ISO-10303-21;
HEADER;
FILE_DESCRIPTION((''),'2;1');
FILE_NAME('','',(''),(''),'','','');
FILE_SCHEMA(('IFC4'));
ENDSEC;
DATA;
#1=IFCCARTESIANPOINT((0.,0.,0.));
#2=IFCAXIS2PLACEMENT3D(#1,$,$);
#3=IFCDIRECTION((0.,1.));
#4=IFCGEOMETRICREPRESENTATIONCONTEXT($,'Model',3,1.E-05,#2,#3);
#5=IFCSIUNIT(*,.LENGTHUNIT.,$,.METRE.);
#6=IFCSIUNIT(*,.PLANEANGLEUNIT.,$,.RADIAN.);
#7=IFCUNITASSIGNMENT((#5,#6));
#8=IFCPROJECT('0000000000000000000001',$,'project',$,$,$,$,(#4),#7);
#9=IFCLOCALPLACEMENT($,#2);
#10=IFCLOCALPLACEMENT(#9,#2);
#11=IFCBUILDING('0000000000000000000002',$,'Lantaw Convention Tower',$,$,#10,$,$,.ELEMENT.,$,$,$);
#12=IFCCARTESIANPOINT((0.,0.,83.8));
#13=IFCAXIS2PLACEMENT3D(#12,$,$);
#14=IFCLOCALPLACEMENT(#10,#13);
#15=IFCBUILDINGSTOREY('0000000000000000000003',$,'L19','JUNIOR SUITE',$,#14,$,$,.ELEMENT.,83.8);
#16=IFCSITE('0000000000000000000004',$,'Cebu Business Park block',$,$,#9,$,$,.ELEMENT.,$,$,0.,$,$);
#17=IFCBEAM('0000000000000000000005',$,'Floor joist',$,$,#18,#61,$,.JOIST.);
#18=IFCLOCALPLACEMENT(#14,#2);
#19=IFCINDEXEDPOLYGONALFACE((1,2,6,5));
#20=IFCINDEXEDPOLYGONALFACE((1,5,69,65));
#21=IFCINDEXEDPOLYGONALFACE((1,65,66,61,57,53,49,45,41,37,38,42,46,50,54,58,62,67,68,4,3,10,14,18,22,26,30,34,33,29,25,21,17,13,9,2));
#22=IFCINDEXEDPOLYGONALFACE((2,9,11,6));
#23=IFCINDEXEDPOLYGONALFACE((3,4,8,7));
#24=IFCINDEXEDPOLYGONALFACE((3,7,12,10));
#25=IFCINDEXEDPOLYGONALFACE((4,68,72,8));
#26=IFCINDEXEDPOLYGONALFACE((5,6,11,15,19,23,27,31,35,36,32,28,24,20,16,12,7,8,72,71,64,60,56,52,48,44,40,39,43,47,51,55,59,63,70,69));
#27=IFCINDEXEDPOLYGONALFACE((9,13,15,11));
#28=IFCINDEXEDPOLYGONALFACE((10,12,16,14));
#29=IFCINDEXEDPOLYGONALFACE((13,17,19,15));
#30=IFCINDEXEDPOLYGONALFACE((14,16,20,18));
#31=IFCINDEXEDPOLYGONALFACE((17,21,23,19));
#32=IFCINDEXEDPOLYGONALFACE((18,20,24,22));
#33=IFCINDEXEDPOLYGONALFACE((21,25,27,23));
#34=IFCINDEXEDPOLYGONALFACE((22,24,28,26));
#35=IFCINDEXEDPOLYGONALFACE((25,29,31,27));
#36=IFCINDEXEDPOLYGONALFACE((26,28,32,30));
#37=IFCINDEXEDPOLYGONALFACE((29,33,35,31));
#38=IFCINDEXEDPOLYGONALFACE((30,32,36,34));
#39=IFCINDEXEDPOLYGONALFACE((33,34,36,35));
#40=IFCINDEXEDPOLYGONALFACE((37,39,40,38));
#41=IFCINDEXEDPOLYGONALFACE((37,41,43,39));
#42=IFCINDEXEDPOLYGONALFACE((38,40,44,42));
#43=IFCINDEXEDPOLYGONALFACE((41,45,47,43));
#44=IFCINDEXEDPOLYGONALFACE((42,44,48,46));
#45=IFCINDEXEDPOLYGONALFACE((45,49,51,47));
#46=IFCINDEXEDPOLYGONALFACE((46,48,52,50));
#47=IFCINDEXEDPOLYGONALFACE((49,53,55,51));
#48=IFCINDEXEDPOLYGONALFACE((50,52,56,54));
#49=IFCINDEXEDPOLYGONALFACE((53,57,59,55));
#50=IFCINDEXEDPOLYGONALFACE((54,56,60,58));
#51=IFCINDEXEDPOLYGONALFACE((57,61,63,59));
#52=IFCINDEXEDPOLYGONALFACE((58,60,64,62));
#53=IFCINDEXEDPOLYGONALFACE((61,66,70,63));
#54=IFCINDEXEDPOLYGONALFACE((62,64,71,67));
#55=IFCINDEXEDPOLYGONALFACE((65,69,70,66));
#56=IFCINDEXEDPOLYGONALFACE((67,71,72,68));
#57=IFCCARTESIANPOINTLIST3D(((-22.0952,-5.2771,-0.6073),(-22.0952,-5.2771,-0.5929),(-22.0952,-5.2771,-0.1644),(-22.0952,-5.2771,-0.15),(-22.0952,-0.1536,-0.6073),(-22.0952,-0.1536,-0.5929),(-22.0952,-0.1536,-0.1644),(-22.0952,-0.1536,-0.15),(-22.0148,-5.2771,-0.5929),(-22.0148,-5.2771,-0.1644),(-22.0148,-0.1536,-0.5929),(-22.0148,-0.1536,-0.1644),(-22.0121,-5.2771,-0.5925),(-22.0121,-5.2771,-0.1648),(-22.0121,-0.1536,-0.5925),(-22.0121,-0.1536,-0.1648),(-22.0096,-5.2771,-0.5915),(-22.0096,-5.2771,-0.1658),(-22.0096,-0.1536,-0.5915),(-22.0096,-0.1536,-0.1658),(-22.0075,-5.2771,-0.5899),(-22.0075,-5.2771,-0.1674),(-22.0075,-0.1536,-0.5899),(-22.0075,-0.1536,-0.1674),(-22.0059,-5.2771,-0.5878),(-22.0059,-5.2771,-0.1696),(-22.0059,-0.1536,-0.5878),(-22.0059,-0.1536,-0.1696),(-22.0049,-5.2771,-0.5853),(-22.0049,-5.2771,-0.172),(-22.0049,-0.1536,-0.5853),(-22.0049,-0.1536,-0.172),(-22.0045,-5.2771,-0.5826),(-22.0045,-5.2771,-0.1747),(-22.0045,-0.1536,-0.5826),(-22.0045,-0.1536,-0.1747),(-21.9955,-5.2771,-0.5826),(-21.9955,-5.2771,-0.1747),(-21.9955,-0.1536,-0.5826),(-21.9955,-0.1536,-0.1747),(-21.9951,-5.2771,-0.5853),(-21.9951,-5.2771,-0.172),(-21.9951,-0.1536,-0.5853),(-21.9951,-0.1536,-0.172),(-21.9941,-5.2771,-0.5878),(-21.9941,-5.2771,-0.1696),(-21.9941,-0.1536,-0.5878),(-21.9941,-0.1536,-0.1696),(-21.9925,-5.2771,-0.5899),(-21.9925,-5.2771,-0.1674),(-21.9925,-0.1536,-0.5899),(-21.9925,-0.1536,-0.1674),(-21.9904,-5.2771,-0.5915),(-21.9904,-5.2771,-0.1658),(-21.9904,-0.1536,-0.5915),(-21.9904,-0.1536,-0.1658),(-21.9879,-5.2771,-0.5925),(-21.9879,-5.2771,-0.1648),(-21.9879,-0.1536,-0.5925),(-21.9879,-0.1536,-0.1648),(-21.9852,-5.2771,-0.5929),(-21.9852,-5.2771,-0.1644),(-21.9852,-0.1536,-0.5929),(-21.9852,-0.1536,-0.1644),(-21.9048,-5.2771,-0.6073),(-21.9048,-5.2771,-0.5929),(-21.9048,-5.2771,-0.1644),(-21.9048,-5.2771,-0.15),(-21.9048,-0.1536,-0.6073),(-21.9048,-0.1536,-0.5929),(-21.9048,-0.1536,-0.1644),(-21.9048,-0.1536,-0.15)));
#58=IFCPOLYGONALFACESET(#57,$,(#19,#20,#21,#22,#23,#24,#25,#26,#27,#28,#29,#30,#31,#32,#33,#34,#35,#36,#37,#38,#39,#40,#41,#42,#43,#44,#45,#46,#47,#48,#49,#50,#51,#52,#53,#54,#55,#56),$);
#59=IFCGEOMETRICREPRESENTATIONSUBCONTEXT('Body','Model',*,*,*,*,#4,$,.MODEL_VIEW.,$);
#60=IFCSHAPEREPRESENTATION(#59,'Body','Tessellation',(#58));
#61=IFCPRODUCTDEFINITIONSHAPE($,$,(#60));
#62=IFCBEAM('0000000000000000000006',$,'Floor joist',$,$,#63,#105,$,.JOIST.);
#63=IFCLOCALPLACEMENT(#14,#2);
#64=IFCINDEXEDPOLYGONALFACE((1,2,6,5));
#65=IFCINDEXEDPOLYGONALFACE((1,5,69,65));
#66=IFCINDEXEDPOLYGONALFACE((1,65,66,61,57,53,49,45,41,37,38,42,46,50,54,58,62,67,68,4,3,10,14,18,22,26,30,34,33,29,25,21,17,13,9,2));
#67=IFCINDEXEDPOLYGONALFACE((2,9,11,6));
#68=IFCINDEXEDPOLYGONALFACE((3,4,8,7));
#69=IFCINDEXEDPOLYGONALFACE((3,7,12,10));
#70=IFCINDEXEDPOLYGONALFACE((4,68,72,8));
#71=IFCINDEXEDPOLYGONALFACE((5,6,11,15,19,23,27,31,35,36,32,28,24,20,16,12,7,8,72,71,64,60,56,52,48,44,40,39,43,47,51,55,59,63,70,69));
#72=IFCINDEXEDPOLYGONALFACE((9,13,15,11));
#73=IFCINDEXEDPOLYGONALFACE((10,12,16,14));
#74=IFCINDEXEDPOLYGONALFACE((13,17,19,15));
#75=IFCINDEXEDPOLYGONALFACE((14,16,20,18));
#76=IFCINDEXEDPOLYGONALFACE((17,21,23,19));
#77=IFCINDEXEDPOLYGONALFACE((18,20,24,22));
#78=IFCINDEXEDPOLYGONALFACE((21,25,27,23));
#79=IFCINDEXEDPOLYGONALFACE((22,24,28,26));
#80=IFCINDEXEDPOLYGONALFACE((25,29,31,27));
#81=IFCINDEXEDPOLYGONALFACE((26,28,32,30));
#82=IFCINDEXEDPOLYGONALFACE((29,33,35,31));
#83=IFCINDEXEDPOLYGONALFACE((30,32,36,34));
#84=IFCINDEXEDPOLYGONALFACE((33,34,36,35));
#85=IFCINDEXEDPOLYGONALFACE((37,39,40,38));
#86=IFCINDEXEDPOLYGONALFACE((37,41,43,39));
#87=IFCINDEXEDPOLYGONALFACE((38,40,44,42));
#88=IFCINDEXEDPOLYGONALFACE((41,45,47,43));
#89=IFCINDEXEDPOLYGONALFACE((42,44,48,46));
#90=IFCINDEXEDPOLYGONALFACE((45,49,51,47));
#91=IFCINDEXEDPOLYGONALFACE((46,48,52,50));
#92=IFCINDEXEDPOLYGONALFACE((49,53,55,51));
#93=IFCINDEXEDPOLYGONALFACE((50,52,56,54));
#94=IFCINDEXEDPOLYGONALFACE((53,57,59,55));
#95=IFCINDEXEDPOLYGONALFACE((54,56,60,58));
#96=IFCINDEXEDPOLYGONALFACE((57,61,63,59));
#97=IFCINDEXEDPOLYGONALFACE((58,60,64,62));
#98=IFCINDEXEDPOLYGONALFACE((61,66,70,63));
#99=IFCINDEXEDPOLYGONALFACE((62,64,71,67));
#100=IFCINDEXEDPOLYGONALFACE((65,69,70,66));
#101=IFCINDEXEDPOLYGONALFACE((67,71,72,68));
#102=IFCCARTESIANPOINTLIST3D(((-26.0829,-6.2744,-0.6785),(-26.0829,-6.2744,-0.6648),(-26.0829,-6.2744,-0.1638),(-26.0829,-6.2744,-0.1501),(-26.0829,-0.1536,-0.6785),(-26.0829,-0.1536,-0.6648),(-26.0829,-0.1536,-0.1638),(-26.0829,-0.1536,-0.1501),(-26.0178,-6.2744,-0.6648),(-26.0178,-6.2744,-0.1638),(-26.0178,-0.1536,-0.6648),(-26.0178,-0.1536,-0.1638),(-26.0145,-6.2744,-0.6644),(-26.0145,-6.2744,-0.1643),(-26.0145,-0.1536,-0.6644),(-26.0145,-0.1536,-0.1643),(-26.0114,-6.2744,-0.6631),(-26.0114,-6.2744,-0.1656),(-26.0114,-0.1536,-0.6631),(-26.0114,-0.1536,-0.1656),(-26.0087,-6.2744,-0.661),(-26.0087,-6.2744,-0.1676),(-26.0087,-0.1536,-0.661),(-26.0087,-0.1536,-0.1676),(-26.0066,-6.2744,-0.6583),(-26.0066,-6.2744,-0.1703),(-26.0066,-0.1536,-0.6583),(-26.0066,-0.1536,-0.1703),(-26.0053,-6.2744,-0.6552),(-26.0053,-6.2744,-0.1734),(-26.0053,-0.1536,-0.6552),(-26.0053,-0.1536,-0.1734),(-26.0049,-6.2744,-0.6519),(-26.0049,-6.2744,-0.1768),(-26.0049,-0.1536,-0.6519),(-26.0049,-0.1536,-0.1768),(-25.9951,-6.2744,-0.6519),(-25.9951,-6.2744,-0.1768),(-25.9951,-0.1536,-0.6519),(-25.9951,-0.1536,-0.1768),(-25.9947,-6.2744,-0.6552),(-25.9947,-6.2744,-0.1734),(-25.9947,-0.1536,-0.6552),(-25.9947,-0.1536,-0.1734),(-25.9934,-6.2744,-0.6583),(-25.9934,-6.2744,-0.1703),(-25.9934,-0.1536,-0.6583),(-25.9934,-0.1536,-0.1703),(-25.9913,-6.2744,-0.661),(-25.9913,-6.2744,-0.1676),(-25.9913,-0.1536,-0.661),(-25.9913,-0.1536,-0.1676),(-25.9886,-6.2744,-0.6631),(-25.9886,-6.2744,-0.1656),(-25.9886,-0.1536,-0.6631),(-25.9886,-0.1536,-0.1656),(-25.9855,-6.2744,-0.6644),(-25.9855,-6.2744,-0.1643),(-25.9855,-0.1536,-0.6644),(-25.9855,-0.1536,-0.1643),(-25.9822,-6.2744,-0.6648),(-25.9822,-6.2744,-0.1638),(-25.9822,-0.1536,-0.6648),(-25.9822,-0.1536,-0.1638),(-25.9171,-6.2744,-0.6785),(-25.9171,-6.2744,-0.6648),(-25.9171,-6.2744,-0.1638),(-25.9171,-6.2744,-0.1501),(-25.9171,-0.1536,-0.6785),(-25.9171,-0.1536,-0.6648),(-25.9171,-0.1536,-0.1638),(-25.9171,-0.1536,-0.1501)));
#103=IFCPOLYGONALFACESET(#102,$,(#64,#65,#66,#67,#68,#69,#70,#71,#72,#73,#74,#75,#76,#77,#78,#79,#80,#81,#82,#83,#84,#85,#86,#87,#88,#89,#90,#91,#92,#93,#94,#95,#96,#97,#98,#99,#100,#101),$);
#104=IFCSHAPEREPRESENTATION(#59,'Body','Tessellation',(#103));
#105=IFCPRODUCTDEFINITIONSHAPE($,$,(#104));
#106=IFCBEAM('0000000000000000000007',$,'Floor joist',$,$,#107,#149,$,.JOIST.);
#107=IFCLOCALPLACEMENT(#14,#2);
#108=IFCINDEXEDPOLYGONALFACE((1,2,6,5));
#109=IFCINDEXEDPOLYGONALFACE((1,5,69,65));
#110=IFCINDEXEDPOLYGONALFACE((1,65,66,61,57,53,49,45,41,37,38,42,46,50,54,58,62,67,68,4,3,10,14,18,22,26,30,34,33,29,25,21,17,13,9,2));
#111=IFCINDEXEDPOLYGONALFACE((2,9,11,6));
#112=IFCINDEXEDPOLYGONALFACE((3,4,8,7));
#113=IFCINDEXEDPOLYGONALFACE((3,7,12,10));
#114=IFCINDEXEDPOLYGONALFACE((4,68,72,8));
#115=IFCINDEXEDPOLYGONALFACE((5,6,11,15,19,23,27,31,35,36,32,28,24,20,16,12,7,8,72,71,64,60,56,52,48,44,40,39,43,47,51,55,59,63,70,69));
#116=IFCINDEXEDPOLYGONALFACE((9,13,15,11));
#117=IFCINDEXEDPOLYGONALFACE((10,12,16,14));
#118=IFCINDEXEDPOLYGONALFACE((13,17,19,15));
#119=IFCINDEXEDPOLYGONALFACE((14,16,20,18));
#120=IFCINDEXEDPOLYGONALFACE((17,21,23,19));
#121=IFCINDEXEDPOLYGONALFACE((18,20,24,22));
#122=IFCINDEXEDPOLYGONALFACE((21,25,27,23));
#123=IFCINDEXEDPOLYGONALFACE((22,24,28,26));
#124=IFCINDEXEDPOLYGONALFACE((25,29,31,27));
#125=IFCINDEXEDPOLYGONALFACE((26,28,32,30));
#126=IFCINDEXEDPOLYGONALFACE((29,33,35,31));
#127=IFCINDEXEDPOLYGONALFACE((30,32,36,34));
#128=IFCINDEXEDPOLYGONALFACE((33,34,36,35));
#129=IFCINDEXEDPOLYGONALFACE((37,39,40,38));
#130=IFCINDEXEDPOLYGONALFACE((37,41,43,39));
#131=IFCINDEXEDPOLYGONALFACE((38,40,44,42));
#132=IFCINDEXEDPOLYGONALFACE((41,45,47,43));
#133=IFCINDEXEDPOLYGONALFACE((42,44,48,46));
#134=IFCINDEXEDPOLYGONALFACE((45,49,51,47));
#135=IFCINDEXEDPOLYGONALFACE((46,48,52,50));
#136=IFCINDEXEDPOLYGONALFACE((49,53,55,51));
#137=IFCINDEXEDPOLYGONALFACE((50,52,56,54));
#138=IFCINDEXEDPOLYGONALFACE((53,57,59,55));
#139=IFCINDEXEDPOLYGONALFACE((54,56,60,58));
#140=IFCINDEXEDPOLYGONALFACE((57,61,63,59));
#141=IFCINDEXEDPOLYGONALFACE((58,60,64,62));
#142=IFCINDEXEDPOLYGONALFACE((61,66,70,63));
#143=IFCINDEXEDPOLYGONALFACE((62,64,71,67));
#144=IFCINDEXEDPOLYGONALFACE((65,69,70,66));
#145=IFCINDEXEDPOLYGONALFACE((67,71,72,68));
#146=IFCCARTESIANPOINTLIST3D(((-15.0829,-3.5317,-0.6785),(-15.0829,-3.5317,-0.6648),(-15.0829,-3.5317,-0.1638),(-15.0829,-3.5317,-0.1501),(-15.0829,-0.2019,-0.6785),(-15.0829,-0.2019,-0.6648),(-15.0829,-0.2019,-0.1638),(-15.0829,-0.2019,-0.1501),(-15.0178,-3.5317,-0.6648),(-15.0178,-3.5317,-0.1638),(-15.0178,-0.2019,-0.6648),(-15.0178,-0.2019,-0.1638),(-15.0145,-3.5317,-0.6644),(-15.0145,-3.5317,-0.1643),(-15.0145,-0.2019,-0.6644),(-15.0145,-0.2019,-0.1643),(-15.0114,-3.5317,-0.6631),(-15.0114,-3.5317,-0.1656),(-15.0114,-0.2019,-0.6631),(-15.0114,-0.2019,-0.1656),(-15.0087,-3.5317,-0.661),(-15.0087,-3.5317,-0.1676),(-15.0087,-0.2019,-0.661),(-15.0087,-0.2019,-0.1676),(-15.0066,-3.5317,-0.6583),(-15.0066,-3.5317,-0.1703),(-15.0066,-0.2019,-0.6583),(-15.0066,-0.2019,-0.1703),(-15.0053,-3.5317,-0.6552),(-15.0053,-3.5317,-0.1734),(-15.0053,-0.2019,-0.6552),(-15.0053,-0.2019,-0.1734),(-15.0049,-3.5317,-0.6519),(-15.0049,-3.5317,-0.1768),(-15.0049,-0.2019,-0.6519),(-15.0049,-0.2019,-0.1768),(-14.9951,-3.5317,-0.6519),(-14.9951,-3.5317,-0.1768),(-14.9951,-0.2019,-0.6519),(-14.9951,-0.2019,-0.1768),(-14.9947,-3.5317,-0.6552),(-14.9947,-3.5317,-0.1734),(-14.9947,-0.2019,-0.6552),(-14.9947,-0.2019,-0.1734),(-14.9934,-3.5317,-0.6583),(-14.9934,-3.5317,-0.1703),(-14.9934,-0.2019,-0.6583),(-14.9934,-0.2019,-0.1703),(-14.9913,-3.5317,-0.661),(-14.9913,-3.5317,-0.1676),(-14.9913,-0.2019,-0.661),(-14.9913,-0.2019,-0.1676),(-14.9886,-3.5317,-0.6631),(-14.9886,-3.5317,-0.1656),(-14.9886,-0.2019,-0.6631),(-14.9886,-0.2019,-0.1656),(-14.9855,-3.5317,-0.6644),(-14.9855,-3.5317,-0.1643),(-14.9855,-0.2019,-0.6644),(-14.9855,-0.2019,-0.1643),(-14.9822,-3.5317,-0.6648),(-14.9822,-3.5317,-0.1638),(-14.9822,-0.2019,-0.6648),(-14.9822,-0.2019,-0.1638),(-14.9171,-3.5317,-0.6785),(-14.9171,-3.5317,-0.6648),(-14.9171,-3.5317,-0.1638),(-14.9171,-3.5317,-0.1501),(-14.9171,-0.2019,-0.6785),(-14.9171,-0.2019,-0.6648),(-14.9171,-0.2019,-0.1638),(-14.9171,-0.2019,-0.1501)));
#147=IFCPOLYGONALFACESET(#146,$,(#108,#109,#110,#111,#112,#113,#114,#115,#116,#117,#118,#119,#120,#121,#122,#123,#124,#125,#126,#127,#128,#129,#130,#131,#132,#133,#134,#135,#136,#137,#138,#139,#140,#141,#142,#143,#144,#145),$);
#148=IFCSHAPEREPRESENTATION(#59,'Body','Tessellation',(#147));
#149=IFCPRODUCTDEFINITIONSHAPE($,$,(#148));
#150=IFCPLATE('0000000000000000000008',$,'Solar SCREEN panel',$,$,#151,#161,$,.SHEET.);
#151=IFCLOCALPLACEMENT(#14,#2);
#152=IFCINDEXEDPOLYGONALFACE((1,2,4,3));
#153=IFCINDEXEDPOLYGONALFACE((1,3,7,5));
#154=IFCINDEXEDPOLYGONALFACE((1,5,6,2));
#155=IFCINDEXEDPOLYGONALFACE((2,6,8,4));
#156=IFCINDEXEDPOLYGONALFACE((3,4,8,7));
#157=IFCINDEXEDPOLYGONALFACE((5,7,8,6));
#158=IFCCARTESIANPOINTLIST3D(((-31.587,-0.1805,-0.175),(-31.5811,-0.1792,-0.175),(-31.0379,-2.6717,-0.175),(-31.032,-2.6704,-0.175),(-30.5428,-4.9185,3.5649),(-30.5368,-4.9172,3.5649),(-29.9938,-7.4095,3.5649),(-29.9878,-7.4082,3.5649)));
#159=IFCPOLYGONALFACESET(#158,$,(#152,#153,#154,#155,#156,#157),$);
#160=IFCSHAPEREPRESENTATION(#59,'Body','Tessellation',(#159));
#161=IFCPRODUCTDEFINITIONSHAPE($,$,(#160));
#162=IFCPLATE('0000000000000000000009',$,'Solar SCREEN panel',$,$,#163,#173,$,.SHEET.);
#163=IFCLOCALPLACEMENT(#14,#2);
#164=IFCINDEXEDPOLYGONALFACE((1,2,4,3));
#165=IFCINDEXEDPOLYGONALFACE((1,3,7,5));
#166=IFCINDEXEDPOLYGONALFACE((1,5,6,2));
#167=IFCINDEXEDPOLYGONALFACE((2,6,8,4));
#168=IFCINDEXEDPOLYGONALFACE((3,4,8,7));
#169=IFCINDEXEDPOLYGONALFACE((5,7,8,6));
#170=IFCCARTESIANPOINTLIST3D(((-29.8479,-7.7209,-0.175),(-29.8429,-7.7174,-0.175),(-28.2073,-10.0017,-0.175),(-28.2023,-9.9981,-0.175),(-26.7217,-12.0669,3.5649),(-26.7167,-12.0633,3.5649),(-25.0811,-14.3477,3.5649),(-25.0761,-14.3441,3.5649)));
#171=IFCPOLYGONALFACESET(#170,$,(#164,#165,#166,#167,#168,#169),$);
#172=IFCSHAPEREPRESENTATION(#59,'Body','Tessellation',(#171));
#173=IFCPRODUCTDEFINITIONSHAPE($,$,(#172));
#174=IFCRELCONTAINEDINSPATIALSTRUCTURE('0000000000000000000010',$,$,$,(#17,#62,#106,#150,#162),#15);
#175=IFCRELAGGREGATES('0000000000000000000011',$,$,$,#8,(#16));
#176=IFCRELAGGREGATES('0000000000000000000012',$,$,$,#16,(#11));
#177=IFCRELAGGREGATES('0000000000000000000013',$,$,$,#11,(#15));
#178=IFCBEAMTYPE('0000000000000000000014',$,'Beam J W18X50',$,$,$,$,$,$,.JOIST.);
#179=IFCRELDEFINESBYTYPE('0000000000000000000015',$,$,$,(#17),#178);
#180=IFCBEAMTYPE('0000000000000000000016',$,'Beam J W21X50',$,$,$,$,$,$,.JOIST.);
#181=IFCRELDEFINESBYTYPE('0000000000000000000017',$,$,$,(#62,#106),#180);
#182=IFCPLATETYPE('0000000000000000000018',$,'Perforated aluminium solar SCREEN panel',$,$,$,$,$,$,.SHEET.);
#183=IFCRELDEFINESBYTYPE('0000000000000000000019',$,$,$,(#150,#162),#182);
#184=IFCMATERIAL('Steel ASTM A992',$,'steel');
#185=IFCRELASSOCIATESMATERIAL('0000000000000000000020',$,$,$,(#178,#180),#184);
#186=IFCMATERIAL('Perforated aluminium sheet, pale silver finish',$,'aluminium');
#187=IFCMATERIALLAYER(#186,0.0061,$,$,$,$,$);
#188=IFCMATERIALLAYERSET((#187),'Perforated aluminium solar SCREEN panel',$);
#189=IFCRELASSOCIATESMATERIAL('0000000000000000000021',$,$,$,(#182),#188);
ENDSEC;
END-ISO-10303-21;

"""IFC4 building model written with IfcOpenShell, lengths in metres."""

from ifc_helpers import new_model, si_unit, direction, frame, origin, origin_2d, place, context, subcontext, project, spatial, polyline, i_section, outline, extrude, material, layer, layer_set, material_profile, profile_set, type_object, element, save


model = new_model("IFC4")

# Units and contexts
model_context = context("Model", 3, precision=1e-05, world=origin(), true_north=direction((0.0, 1.0)))
body_context = subcontext(model_context, "Body", "Model", "MODEL_VIEW")
ifc_project = project(units=[si_unit("LENGTHUNIT", "METRE"), si_unit("PLANEANGLEUNIT", "RADIAN")], contexts=[model_context])

# Site, building, storey
site_placement = place(None, origin())
site = spatial("IfcSite", under=ifc_project, at=site_placement, Name="Cebu Business Park block", CompositionType="ELEMENT", RefElevation=0.0)
building_placement = place(site_placement, origin())
building = spatial("IfcBuilding", under=site, at=building_placement, Name="Lantaw Convention Tower", CompositionType="ELEMENT")
storey_placement = place(building_placement, frame((0.0, 0.0, 83.8)))
storey = spatial("IfcBuildingStorey", under=building, at=storey_placement, Name="L19", Description="JUNIOR SUITE", CompositionType="ELEMENT", Elevation=83.8)

# Beams
ifc_material_1 = material(Name="Steel ASTM A992", Category="steel")
ifc_material_profile_1 = material_profile(ifc_material_1, i_section(OverallWidth=0.1904, OverallDepth=0.4573, WebThickness=0.009, FlangeThickness=0.0144, FilletRadius=0.0103, at=origin_2d()), Name="W18X50")
ifc_profile_set_1 = profile_set([ifc_material_profile_1], Name="Steel ASTM A992")
beam_type_1 = type_object("IfcBeamType", Name="Beam J W18X50", PredefinedType="JOIST", material=ifc_profile_set_1)
beam_1_placement = place(storey_placement, frame((-22.0, -5.2771, -0.3787), z_axis=(0.0, 1.0, 0.0), x_axis=(-1.0, 0.0, 0.0)))
element("IfcBeam", 1, at=beam_1_placement, inside=storey, type_object=beam_type_1, Name="Floor joist", PredefinedType="JOIST", context=body_context, shape_type="SweptSolid", body=[
    extrude(i_section(OverallWidth=0.1904, OverallDepth=0.4573, WebThickness=0.009, FlangeThickness=0.0144, FilletRadius=0.0103, at=origin_2d()), origin(), (0.0, 0.0, 1.0), 5.1235),
])
ifc_material_profile_2 = material_profile(ifc_material_1, i_section(OverallWidth=0.1658, OverallDepth=0.5283, WebThickness=0.0098, FlangeThickness=0.0137, FilletRadius=0.0129, at=origin_2d()), Name="W21X50")
ifc_profile_set_2 = profile_set([ifc_material_profile_2], Name="Steel ASTM A992")
beam_type_2 = type_object("IfcBeamType", Name="Beam J W21X50", PredefinedType="JOIST", material=ifc_profile_set_2)
beam_2_placement = place(storey_placement, frame((-26.0, -6.2744, -0.4143), z_axis=(0.0, 1.0, 0.0), x_axis=(-1.0, 0.0, 0.0)))
element("IfcBeam", 2, at=beam_2_placement, inside=storey, type_object=beam_type_2, Name="Floor joist", PredefinedType="JOIST", context=body_context, shape_type="SweptSolid", body=[
    extrude(i_section(OverallWidth=0.1658, OverallDepth=0.5283, WebThickness=0.0098, FlangeThickness=0.0137, FilletRadius=0.0129, at=origin_2d()), origin(), (0.0, 0.0, 1.0), 6.1208),
])
beam_3_placement = place(storey_placement, frame((-15.0, -3.5317, -0.4143), z_axis=(0.0, 1.0, 0.0), x_axis=(-1.0, 0.0, 0.0)))
element("IfcBeam", 3, at=beam_3_placement, inside=storey, type_object=beam_type_2, Name="Floor joist", PredefinedType="JOIST", context=body_context, shape_type="SweptSolid", body=[
    extrude(i_section(OverallWidth=0.1658, OverallDepth=0.5283, WebThickness=0.0098, FlangeThickness=0.0137, FilletRadius=0.0129, at=origin_2d()), origin(), (0.0, 0.0, 1.0), 3.3298),
])

# Plates
ifc_material_2 = material(Name="Perforated aluminium sheet, pale silver finish", Category="aluminium")
ifc_layer_1 = layer(ifc_material_2, 0.0061)
ifc_layer_set_1 = layer_set([ifc_layer_1], Name="Perforated aluminium solar SCREEN panel")
plate_type = type_object("IfcPlateType", Name="Perforated aluminium solar SCREEN panel", PredefinedType="SHEET", material=ifc_layer_set_1)
plate_1_placement = place(storey_placement, frame((-31.5811, -0.1792, -0.175), z_axis=(0.976559, 0.215248, 0.00003), x_axis=(0.215248, -0.976559, 0.0)))
element("IfcPlate", 4, at=plate_1_placement, inside=storey, type_object=plate_type, Name="Solar SCREEN panel", PredefinedType="SHEET", context=body_context, shape_type="SweptSolid", body=[
    extrude(outline(polyline([(0.0, 0.0), (2.551, 0.0), (7.4025, -3.74), (4.8517, -3.74), (0.0, 0.0)])), origin(), (0.0, 0.0, -1.0), 0.0061),
])
plate_2_placement = place(storey_placement, frame((-29.8479, -7.7209, -0.175), z_axis=(-0.811791, -0.583948, 0.000009), x_axis=(0.583948, -0.811791, 0.0)))
element("IfcPlate", 5, at=plate_2_placement, inside=storey, type_object=plate_type, Name="Solar SCREEN panel", PredefinedType="SHEET", context=body_context, shape_type="SweptSolid", body=[
    extrude(outline(polyline([(0.0, 0.0), (2.8095, 0.0), (8.1631, 3.74), (5.3536, 3.74), (0.0, 0.0)])), origin(), (0.0, 0.0, -1.0), 0.0061),
])

save(model, "model.ifc")
